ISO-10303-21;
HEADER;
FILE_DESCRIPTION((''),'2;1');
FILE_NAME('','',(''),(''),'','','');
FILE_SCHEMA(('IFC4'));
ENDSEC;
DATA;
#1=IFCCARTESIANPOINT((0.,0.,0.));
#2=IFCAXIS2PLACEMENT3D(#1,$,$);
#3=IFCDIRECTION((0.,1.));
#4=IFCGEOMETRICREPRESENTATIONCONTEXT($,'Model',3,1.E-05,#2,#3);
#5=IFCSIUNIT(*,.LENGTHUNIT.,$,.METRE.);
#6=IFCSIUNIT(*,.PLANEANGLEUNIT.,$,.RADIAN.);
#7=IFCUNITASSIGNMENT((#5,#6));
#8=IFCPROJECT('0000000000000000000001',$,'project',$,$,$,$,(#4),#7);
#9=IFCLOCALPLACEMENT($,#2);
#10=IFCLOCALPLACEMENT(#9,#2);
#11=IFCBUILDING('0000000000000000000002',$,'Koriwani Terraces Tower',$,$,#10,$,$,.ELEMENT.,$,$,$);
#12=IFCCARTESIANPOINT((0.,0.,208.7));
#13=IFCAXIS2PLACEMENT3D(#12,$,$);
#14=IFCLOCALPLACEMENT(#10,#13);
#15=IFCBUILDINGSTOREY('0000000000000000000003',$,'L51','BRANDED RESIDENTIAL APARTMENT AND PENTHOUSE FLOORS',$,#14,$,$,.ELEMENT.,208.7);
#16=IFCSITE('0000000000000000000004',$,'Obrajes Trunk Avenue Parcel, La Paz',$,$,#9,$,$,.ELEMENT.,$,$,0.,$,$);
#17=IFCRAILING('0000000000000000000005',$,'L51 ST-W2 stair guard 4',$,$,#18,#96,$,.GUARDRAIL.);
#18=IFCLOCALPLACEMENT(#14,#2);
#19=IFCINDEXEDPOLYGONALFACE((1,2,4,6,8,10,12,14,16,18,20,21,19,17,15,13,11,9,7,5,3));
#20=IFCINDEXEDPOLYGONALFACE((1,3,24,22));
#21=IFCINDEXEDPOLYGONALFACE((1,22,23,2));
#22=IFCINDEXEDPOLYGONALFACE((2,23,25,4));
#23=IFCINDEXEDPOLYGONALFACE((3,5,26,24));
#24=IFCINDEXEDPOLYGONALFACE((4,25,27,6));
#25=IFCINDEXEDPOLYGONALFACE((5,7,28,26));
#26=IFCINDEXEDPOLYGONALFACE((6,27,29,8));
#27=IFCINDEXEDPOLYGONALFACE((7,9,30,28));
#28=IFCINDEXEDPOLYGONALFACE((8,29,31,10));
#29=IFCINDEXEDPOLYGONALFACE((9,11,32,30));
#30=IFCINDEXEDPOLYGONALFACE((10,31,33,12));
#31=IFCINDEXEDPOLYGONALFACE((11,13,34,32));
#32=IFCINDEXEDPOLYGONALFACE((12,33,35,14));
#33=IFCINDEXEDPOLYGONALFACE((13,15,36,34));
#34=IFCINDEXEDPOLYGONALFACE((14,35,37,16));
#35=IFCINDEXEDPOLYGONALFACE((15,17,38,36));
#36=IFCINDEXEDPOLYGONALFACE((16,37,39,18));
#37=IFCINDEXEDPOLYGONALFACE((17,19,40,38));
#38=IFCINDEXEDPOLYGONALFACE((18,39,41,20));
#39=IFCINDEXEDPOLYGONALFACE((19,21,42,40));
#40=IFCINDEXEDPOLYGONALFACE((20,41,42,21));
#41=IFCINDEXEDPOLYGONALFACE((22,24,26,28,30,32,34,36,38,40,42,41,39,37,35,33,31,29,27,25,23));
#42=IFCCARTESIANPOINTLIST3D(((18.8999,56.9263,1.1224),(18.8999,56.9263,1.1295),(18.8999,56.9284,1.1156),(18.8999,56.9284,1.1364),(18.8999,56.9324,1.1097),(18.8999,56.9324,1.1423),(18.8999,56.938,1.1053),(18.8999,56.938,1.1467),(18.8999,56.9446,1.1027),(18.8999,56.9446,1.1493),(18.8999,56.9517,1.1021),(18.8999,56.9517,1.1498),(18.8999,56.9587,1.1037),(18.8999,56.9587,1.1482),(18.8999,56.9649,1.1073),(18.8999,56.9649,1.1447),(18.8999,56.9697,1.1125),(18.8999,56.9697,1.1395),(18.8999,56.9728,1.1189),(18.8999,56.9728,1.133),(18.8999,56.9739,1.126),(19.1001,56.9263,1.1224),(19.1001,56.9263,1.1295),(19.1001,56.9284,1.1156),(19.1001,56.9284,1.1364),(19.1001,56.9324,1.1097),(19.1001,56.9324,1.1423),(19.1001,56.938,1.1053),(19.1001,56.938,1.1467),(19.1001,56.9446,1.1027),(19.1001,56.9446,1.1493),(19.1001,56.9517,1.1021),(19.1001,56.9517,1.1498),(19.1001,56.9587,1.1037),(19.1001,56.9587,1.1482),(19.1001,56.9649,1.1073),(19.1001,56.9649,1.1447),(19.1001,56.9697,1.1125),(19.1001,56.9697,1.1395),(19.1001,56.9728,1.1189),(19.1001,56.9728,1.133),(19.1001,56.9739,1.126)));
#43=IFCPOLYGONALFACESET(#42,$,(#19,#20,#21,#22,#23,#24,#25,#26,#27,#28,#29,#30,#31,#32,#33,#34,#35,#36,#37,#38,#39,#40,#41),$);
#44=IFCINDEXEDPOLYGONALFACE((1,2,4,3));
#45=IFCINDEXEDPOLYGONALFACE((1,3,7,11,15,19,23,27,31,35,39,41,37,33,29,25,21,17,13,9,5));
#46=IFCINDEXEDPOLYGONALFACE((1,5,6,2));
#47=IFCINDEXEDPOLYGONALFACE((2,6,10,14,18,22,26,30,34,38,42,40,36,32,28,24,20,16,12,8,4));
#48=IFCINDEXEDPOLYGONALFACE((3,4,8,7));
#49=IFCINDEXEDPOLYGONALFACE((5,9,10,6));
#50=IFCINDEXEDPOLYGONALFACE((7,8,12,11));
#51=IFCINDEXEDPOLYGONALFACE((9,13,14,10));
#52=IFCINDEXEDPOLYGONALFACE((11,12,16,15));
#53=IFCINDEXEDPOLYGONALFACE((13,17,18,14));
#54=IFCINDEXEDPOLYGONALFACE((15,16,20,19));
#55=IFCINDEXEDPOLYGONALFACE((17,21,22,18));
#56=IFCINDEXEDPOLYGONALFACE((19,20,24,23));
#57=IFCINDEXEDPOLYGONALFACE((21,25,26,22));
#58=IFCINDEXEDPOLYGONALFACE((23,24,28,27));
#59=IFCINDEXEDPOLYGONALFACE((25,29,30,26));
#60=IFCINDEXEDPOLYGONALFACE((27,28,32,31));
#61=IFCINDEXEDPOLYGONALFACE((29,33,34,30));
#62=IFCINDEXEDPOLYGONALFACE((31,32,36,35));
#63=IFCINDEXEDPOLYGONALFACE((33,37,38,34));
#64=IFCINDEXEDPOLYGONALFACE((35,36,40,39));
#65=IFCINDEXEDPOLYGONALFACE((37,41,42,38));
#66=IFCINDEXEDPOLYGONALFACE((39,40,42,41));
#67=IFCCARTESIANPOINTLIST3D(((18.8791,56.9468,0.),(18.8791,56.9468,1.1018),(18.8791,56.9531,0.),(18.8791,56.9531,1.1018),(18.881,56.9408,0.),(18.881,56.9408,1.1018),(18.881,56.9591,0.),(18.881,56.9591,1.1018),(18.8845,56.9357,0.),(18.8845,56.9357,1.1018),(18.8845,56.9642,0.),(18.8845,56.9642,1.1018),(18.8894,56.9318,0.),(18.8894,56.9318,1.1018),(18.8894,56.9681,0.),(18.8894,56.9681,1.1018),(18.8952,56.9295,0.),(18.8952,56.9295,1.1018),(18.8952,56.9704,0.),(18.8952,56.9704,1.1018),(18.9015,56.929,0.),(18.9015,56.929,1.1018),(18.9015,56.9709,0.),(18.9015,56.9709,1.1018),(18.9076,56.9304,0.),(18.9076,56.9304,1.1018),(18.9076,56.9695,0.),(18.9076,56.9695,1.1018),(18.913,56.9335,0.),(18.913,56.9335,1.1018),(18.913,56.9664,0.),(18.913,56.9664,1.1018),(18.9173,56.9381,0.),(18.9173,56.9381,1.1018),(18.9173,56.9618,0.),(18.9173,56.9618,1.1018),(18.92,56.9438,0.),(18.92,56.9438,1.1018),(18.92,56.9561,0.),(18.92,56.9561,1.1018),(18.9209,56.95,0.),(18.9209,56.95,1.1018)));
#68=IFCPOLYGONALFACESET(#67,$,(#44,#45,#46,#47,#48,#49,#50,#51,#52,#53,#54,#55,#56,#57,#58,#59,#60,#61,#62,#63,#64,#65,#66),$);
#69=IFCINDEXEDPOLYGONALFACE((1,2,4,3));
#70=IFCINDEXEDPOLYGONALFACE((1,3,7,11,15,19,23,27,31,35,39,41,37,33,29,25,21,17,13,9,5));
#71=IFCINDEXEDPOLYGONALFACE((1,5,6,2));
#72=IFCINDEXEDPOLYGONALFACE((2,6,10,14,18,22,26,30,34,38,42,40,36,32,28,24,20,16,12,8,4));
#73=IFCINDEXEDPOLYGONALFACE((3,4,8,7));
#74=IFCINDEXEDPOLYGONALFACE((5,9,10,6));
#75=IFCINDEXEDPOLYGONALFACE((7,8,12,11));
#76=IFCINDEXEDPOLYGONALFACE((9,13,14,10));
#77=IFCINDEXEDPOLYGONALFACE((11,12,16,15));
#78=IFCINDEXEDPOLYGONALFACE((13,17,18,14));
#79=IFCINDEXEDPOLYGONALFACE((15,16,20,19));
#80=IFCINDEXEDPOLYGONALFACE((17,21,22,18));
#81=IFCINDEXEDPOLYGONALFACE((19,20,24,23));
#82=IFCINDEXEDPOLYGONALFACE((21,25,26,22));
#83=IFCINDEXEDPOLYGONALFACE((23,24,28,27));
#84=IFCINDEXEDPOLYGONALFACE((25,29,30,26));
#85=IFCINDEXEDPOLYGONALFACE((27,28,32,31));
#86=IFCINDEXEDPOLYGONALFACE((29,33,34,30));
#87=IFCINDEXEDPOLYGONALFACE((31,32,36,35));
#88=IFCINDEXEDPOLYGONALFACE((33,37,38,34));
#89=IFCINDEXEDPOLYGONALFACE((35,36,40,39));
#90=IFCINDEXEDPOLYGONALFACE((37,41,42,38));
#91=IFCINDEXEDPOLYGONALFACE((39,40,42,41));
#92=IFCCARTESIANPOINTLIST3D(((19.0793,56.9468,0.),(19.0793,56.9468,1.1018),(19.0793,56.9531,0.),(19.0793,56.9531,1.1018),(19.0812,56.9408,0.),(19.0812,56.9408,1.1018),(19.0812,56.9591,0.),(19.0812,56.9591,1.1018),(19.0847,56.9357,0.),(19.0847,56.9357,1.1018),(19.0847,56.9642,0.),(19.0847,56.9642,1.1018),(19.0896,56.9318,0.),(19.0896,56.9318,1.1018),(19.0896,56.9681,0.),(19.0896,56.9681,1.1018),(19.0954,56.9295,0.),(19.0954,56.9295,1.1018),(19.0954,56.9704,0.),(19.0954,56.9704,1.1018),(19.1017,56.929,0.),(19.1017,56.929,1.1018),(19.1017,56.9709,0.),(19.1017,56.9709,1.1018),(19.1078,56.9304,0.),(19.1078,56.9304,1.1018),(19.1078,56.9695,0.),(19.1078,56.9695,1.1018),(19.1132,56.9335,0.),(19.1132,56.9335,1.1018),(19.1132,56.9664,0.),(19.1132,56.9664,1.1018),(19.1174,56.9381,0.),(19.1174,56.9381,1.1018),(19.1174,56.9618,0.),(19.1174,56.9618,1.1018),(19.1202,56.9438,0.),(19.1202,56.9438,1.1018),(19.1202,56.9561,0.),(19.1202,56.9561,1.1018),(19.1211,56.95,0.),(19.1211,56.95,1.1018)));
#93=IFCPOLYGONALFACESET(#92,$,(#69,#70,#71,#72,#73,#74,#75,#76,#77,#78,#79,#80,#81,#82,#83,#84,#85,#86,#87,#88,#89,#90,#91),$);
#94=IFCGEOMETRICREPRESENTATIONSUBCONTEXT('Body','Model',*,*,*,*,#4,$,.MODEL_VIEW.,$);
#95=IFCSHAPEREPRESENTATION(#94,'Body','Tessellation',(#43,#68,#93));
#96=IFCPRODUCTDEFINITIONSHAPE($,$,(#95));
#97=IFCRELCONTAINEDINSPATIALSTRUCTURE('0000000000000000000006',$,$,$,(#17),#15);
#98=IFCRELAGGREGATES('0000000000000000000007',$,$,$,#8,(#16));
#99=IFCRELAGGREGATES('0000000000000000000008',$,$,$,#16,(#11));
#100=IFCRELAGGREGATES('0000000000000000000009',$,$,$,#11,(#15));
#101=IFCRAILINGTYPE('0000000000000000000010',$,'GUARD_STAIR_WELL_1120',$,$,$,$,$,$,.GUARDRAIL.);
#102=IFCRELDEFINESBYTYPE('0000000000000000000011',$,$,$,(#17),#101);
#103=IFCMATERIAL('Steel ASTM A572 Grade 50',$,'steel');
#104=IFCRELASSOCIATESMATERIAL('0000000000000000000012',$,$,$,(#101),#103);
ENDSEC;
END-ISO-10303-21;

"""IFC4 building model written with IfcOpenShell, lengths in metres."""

from ifc_helpers import new_model, si_unit, direction, frame, origin, origin_2d, place, context, subcontext, project, spatial, circle, extrude, material, type_object, element, save


model = new_model("IFC4")

# Units and contexts
model_context = context("Model", 3, precision=1e-05, world=origin(), true_north=direction((0.0, 1.0)))
body_context = subcontext(model_context, "Body", "Model", "MODEL_VIEW")
ifc_project = project(units=[si_unit("LENGTHUNIT", "METRE"), si_unit("PLANEANGLEUNIT", "RADIAN")], contexts=[model_context])

# Site, building, storey
site_placement = place(None, origin())
site = spatial("IfcSite", under=ifc_project, at=site_placement, Name="Obrajes Trunk Avenue Parcel, La Paz", CompositionType="ELEMENT", RefElevation=0.0)
building_placement = place(site_placement, origin())
building = spatial("IfcBuilding", under=site, at=building_placement, Name="Koriwani Terraces Tower", CompositionType="ELEMENT")
storey_placement = place(building_placement, frame((0.0, 0.0, 208.7)))
storey = spatial("IfcBuildingStorey", under=building, at=storey_placement, Name="L51", Description="BRANDED RESIDENTIAL APARTMENT AND PENTHOUSE FLOORS", CompositionType="ELEMENT", Elevation=208.7)

# Shared definitions
ifc_material_1 = material(Name="Steel ASTM A572 Grade 50", Category="steel")

# Railing
railing_type_1 = type_object("IfcRailingType", Name="GUARD_STAIR_WELL_1120", PredefinedType="GUARDRAIL", material=ifc_material_1)
railing_1_placement = place(storey_placement, frame((18.8999, 56.95, 0.0)))
element("IfcRailing", 1, at=railing_1_placement, inside=storey, type_object=railing_type_1, Name="L51 ST-W2 stair guard 4", PredefinedType="GUARDRAIL", context=body_context, shape_type="SweptSolid", body=[
    extrude(circle(Radius=0.0239, at=origin_2d()), frame((0.0, 0.0, 1.126), z_axis=(1.0, 0.0, 0.0), x_axis=(0.0, 1.0, 0.0)), (0.0, 0.0, 1.0), 0.2002),
    extrude(circle(Radius=0.021, at=origin_2d()), origin(), (0.0, 0.0, 1.0), 1.1018),
    extrude(circle(Radius=0.021, at=origin_2d()), frame((0.2002, 0.0, 0.0)), (0.0, 0.0, 1.0), 1.1018),
])

save(model, "model.ifc")
